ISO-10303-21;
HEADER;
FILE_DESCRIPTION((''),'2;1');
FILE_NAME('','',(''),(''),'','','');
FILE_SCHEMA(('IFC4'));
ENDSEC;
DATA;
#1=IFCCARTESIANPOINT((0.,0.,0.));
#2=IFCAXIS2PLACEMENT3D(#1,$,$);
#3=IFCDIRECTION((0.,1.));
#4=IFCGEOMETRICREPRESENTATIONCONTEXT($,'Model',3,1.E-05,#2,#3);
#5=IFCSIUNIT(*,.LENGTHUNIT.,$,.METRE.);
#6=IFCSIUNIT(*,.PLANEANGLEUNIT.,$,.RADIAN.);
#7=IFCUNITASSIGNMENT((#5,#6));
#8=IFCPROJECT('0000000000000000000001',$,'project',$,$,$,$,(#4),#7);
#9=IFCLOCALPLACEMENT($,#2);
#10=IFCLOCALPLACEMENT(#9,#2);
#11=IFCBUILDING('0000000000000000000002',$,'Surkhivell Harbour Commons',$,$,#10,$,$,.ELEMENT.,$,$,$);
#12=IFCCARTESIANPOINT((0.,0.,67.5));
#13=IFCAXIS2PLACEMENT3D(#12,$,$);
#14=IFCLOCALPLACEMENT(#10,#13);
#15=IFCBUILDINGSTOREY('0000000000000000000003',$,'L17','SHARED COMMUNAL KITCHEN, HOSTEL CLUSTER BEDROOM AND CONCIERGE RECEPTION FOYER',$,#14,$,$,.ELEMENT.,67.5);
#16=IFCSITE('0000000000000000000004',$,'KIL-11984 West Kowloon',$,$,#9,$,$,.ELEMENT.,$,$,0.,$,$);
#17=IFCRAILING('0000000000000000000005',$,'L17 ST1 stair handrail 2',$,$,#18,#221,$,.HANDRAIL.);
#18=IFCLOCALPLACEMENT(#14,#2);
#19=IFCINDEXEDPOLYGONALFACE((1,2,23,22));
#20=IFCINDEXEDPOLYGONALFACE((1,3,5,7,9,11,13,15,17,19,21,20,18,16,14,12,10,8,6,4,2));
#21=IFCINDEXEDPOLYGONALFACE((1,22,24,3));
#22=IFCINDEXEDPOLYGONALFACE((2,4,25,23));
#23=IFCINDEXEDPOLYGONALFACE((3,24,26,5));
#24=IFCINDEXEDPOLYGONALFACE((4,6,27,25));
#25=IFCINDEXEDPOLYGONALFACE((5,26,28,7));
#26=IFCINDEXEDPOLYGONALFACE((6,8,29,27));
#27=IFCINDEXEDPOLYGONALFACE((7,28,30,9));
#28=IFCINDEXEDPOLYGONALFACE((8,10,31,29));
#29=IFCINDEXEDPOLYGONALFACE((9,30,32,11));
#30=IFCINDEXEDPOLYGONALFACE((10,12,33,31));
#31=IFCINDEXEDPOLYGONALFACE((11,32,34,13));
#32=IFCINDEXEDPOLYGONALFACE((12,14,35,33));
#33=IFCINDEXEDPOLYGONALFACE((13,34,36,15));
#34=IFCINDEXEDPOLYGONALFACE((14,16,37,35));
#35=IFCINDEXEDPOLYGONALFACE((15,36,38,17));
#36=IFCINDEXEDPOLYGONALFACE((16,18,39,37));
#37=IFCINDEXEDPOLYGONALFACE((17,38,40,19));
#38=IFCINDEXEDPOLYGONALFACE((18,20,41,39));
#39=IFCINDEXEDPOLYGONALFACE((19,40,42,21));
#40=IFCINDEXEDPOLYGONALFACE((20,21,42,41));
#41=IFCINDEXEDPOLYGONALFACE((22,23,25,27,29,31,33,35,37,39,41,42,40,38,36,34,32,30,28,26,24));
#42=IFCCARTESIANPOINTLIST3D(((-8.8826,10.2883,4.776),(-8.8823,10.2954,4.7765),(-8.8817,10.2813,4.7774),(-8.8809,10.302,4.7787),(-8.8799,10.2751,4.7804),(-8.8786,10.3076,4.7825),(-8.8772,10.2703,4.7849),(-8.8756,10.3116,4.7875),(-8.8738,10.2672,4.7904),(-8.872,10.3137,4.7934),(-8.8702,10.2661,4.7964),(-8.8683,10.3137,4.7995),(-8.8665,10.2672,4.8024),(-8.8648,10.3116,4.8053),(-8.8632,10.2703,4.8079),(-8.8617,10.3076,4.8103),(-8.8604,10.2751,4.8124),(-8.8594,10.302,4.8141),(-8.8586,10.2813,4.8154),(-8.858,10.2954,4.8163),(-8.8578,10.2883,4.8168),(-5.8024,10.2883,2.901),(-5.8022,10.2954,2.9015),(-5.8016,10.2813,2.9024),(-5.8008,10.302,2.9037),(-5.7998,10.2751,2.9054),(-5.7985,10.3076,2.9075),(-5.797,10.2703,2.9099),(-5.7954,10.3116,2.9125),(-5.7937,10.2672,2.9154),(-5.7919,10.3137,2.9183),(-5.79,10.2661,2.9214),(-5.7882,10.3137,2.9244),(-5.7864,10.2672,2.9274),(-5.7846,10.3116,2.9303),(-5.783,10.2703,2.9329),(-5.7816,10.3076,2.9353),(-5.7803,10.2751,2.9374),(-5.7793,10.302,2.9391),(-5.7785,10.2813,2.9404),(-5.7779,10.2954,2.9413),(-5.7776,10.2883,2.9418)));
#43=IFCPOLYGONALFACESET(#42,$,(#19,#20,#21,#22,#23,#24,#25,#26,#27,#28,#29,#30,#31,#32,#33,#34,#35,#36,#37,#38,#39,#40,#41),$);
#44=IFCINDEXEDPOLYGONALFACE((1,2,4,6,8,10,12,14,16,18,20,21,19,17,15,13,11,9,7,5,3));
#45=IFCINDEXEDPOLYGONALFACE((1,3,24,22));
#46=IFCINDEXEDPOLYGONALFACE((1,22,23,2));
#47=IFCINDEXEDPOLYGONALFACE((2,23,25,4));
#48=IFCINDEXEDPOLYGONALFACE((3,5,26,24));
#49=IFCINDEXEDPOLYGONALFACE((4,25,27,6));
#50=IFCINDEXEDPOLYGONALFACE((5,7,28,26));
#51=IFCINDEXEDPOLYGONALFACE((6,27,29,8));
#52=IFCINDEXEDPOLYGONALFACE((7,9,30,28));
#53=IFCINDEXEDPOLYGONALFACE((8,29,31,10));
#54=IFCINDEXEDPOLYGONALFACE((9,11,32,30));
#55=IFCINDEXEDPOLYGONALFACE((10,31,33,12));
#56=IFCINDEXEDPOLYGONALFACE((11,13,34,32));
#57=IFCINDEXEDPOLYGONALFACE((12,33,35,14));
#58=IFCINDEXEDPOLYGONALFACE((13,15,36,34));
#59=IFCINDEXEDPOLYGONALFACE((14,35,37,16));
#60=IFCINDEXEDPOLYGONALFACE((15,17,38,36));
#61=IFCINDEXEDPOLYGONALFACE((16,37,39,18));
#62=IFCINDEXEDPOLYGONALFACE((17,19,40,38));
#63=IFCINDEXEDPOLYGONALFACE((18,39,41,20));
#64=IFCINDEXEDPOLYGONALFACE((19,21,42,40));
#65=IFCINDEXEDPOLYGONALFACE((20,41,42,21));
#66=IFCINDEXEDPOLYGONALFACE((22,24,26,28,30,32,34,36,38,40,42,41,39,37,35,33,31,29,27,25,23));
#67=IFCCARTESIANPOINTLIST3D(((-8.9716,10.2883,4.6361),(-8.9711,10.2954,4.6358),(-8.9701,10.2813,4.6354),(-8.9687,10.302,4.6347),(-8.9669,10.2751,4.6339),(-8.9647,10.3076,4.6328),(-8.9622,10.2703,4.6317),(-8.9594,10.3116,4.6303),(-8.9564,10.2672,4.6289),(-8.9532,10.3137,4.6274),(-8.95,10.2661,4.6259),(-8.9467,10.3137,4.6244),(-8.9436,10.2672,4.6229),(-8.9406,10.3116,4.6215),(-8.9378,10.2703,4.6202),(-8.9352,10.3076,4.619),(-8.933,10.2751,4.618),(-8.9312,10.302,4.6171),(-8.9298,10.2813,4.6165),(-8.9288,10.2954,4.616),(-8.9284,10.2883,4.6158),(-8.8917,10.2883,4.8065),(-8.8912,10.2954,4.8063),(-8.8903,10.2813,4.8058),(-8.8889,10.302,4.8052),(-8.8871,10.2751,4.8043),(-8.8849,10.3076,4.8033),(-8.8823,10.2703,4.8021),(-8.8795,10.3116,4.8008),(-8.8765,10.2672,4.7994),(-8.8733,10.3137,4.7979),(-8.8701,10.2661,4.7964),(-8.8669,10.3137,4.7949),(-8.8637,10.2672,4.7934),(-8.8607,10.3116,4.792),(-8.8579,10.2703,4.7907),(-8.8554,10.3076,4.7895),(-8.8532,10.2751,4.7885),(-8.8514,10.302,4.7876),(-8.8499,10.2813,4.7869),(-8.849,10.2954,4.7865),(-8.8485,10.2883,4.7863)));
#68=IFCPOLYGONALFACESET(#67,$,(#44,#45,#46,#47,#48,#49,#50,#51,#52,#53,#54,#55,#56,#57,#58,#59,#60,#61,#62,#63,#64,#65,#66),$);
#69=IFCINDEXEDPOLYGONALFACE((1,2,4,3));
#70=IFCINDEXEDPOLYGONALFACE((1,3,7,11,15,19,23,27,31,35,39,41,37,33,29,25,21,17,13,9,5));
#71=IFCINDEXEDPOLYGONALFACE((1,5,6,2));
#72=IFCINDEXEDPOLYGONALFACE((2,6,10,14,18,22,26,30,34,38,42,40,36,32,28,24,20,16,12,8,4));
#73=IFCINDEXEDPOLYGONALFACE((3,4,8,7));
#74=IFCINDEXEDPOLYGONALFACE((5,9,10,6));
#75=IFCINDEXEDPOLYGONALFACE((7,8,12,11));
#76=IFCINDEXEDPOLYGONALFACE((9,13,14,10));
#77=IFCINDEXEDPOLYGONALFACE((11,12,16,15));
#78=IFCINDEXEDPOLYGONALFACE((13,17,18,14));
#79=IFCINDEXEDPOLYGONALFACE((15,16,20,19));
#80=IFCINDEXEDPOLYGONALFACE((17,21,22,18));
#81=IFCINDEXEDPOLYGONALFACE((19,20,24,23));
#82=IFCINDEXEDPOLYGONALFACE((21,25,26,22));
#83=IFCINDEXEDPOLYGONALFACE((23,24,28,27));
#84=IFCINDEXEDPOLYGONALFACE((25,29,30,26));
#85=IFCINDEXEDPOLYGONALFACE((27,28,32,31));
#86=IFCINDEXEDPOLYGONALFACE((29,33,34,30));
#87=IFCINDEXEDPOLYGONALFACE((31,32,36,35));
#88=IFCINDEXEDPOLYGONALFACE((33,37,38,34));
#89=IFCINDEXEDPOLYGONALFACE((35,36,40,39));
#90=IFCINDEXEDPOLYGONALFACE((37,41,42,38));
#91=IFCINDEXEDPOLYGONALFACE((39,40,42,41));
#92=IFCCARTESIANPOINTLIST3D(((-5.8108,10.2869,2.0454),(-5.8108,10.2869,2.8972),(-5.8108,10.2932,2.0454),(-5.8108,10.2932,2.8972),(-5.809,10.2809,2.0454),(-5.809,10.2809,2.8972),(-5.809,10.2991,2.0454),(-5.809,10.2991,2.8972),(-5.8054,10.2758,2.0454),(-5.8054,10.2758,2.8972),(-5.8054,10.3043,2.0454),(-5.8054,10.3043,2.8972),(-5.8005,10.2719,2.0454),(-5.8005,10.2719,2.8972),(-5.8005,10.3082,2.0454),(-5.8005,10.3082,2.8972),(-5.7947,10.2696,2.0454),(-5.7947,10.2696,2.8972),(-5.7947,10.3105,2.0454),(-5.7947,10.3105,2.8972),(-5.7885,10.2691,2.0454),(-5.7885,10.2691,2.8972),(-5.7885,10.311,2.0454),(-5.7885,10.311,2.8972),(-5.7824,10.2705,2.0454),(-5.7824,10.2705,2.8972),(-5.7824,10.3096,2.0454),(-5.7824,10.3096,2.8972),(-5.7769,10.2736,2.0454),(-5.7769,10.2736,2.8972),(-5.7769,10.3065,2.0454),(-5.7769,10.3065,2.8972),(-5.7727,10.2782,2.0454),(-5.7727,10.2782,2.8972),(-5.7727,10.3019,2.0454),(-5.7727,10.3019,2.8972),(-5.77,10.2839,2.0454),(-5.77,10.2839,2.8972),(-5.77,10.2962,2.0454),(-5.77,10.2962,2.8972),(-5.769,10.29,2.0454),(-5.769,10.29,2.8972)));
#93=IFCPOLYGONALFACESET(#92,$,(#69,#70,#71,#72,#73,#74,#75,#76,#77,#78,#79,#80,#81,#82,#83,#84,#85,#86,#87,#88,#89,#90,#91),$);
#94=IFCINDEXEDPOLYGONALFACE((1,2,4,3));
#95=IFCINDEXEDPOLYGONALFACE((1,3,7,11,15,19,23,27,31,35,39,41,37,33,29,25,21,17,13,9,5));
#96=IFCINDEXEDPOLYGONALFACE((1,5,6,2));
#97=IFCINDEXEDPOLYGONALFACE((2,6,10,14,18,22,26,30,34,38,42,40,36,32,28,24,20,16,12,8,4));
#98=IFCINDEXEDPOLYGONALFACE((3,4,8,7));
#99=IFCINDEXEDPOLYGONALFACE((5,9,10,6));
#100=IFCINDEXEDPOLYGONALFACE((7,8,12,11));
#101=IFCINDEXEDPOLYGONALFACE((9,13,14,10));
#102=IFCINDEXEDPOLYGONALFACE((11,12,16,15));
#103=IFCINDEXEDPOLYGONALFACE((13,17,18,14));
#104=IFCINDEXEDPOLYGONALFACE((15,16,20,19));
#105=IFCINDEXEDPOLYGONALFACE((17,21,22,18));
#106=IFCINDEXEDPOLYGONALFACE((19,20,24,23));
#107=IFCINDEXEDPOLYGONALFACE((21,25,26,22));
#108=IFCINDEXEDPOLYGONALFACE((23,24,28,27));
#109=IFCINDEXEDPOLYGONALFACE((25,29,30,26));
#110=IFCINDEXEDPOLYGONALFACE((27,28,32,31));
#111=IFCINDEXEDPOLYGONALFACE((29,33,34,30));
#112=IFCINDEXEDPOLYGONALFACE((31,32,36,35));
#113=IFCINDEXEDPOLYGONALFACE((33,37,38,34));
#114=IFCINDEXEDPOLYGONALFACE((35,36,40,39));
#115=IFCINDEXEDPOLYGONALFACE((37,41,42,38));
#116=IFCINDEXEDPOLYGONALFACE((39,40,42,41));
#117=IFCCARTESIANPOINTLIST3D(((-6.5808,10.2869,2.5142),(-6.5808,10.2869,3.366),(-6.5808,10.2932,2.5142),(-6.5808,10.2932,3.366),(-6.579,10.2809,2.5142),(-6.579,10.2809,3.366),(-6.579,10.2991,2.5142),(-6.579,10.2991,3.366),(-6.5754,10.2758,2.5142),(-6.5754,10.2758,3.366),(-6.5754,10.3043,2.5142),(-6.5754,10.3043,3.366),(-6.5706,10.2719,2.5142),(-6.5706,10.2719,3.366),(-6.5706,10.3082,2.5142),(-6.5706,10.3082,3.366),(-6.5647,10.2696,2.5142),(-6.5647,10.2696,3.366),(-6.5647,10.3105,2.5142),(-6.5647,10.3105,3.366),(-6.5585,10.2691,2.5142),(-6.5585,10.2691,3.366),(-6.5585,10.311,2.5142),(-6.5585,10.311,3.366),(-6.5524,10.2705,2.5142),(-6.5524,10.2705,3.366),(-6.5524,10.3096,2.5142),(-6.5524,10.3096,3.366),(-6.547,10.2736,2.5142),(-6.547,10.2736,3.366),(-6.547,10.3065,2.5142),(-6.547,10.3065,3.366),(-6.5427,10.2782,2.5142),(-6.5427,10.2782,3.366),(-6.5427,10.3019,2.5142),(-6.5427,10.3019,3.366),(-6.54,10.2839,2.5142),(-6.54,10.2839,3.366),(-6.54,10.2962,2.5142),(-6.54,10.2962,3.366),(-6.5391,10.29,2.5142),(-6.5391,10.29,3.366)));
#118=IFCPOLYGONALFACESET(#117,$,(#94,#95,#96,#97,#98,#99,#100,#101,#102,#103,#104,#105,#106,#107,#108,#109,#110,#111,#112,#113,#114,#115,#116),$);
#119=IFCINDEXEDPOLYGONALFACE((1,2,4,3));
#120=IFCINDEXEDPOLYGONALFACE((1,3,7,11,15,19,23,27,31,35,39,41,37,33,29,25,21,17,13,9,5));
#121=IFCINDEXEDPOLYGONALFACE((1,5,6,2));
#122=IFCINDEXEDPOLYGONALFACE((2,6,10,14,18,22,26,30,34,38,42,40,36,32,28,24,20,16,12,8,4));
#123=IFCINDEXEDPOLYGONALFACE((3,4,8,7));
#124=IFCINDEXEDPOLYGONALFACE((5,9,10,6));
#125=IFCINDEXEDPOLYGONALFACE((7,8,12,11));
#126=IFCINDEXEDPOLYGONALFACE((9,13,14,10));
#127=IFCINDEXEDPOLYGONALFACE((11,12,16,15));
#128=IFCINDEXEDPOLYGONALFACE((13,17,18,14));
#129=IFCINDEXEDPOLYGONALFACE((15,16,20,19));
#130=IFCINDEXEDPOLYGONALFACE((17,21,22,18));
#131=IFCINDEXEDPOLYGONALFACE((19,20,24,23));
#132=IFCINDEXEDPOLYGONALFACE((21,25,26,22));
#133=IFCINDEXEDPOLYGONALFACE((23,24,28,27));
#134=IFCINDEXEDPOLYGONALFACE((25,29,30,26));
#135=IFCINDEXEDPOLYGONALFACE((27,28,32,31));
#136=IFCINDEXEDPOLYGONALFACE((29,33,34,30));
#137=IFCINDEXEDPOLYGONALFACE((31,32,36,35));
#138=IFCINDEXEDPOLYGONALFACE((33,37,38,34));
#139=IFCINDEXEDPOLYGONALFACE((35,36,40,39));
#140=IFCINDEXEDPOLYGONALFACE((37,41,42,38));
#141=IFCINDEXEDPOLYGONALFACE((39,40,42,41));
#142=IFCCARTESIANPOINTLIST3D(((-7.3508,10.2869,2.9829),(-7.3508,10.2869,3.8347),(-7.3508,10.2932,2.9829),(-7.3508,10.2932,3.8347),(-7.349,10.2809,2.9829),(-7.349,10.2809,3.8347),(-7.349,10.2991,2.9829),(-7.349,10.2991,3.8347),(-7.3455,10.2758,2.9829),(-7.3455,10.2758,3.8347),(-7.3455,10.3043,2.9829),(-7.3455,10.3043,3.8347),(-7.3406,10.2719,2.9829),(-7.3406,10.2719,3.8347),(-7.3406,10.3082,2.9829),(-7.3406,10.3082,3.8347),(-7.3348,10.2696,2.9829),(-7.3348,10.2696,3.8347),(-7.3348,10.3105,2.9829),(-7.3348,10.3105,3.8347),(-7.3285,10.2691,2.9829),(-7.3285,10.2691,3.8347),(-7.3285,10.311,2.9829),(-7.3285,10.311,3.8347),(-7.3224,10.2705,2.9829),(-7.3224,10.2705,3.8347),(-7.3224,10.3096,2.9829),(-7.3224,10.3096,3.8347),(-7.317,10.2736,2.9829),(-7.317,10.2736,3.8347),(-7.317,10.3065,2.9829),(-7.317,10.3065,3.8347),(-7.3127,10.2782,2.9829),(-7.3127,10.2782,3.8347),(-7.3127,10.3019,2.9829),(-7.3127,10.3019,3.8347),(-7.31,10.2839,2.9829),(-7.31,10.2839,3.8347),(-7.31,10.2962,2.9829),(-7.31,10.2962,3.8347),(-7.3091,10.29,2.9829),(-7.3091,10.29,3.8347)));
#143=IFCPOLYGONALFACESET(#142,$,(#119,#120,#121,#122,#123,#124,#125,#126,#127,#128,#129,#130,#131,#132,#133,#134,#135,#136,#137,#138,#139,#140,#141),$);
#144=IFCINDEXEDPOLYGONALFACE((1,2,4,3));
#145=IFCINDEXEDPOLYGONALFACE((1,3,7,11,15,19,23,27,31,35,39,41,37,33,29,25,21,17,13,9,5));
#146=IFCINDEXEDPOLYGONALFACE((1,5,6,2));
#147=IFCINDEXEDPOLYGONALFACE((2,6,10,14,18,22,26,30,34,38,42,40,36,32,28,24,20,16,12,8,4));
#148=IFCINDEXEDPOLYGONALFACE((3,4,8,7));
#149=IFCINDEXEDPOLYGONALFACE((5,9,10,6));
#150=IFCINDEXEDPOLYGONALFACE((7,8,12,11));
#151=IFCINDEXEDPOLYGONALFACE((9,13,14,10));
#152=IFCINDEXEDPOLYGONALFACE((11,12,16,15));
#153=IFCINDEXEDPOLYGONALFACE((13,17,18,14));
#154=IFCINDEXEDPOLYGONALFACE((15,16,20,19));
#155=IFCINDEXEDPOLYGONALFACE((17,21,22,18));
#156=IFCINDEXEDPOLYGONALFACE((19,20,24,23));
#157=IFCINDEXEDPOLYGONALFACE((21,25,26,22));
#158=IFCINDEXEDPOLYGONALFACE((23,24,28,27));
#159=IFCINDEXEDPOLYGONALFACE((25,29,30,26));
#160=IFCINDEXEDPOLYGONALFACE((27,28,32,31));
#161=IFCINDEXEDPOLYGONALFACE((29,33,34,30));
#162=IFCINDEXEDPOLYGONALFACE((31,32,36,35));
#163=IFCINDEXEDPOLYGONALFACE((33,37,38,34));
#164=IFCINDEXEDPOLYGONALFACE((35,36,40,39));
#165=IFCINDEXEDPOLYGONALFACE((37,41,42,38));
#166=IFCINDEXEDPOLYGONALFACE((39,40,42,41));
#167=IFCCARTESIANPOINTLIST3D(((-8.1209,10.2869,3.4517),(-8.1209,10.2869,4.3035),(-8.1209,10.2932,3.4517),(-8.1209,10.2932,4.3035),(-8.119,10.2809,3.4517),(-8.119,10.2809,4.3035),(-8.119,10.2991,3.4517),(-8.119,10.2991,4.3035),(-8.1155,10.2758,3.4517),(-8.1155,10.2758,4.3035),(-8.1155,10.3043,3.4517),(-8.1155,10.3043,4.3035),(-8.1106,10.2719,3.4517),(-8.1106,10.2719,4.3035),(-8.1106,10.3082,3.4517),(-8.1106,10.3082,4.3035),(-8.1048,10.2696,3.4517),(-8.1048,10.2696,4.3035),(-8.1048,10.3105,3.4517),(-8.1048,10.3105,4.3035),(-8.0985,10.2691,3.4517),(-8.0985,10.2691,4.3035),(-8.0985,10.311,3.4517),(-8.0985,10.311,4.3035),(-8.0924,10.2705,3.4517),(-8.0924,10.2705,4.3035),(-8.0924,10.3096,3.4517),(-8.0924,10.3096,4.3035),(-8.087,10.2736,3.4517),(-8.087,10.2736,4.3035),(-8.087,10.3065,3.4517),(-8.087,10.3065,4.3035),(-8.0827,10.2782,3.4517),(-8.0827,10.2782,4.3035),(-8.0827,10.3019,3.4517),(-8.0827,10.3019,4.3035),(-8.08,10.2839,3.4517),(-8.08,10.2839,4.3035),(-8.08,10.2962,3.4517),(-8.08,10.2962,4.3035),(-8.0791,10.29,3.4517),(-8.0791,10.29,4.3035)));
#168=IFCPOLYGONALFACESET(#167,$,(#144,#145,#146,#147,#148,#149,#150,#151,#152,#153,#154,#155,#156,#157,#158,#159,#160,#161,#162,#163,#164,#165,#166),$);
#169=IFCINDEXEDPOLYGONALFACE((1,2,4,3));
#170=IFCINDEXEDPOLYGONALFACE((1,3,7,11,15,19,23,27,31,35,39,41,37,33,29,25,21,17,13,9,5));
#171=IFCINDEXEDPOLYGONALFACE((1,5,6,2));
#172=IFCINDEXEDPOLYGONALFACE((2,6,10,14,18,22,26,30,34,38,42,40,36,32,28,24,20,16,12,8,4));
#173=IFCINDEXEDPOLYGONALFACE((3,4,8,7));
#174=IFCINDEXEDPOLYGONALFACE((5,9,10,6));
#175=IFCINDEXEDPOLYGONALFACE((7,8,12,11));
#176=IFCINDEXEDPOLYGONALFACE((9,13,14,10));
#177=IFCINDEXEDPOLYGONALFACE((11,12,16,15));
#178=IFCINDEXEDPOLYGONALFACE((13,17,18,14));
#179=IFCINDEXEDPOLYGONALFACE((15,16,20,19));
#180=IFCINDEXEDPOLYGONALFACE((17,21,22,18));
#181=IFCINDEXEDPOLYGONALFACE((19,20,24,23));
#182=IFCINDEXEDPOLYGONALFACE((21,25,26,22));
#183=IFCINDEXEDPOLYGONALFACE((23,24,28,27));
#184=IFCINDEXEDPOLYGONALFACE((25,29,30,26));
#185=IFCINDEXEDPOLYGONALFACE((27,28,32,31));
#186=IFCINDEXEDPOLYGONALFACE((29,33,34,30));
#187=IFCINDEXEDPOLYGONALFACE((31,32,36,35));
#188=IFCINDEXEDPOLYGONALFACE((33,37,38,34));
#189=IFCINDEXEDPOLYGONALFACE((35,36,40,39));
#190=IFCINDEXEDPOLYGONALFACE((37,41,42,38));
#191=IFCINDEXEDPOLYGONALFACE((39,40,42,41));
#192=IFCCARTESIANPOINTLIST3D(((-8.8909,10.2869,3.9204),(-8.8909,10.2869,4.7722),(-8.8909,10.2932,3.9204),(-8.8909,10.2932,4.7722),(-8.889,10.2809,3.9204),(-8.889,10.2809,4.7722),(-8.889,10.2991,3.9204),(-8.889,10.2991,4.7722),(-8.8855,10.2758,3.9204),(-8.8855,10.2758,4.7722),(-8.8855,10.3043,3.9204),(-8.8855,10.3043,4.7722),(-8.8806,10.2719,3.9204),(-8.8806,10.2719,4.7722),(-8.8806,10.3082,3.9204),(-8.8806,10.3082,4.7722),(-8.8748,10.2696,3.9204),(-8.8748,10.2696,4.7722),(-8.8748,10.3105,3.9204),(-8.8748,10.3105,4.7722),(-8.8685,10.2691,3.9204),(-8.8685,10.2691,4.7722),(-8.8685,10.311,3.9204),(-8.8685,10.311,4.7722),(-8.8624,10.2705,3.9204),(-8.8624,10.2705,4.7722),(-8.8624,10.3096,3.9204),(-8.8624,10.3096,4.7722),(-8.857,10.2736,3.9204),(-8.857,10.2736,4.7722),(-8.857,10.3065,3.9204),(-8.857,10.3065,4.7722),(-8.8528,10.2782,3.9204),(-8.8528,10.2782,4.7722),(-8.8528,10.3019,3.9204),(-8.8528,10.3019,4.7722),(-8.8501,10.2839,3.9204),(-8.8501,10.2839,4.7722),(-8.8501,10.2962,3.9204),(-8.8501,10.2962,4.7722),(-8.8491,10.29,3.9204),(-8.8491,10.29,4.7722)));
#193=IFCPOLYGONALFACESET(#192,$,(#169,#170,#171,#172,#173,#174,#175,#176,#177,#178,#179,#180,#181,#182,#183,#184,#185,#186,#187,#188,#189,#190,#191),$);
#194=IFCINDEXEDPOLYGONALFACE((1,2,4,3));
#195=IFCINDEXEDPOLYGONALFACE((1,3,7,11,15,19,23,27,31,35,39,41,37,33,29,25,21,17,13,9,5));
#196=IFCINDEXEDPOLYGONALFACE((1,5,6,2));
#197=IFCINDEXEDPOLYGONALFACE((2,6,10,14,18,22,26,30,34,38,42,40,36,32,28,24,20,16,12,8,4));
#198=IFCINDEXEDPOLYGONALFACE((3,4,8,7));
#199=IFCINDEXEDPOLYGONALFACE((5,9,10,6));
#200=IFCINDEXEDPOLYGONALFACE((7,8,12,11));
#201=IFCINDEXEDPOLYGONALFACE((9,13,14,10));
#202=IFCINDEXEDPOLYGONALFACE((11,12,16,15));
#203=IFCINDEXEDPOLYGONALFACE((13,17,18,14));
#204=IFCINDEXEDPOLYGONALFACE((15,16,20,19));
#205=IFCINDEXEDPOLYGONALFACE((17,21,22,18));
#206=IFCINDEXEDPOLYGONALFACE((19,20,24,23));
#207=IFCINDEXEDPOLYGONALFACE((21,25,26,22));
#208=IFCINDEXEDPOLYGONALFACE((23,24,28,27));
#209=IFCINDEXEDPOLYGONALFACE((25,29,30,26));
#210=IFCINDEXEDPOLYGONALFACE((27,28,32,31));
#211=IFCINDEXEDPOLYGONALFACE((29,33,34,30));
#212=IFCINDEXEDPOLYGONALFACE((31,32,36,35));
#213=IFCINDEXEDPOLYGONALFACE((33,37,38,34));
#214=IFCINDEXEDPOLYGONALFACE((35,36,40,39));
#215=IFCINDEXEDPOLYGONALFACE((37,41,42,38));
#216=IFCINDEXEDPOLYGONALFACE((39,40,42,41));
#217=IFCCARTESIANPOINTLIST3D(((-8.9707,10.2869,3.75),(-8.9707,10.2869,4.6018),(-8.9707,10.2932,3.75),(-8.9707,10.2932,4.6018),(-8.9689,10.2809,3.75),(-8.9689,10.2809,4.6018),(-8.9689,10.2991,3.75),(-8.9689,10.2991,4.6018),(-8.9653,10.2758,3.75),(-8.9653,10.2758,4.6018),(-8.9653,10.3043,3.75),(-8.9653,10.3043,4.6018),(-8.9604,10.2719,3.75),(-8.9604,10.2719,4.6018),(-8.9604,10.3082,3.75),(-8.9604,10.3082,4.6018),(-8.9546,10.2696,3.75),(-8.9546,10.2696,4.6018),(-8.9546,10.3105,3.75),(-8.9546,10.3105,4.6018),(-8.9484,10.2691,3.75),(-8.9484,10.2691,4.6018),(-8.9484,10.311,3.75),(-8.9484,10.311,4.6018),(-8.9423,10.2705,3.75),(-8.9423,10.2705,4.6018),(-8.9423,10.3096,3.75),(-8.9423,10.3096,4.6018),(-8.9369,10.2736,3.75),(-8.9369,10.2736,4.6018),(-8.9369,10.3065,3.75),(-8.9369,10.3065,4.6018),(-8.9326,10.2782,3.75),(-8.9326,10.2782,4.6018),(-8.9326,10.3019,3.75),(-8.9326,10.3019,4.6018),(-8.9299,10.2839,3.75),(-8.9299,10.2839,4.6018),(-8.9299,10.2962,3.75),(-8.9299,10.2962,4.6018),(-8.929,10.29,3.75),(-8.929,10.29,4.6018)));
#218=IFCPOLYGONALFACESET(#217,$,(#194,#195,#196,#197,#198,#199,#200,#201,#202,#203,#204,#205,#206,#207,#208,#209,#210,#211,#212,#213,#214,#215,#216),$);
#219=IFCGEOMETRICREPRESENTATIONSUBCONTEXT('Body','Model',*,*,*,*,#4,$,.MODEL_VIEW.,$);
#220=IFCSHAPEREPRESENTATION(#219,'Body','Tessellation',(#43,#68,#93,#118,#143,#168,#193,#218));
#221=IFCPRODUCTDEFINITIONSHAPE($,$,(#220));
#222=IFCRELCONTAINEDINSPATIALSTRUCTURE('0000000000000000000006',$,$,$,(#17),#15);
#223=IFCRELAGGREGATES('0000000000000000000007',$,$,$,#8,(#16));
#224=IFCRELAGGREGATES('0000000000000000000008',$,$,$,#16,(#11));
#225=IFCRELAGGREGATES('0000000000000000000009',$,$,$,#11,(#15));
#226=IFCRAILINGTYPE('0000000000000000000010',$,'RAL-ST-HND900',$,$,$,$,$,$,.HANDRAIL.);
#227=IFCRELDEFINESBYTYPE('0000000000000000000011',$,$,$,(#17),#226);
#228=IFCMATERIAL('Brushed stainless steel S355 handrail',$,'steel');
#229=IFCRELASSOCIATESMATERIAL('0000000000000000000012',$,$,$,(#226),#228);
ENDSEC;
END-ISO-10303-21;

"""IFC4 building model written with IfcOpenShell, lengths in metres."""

from ifc_helpers import new_model, si_unit, direction, frame, origin, origin_2d, place, context, subcontext, project, spatial, circle, extrude, material, type_object, element, save


model = new_model("IFC4")

# Units and contexts
model_context = context("Model", 3, precision=1e-05, world=origin(), true_north=direction((0.0, 1.0)))
body_context = subcontext(model_context, "Body", "Model", "MODEL_VIEW")
ifc_project = project(units=[si_unit("LENGTHUNIT", "METRE"), si_unit("PLANEANGLEUNIT", "RADIAN")], contexts=[model_context])

# Site, building, storey
site_placement = place(None, origin())
site = spatial("IfcSite", under=ifc_project, at=site_placement, Name="KIL-11984 West Kowloon", CompositionType="ELEMENT", RefElevation=0.0)
building_placement = place(site_placement, origin())
building = spatial("IfcBuilding", under=site, at=building_placement, Name="Surkhivell Harbour Commons", CompositionType="ELEMENT")
storey_placement = place(building_placement, frame((0.0, 0.0, 67.5)))
storey = spatial("IfcBuildingStorey", under=building, at=storey_placement, Name="L17", Description="SHARED COMMUNAL KITCHEN, HOSTEL CLUSTER BEDROOM AND CONCIERGE RECEPTION FOYER", CompositionType="ELEMENT", Elevation=67.5)

# Railing
ifc_material_1 = material(Name="Brushed stainless steel S355 handrail", Category="steel")
railing_type_1 = type_object("IfcRailingType", Name="RAL-ST-HND900", PredefinedType="HANDRAIL", material=ifc_material_1)
railing_1_placement = place(storey_placement, frame((-5.79, 10.29, 2.0454)))
element("IfcRailing", 1, at=railing_1_placement, inside=storey, type_object=railing_type_1, Name="L17 ST1 stair handrail 2", PredefinedType="HANDRAIL", context=body_context, shape_type="SweptSolid", body=[
    extrude(circle(Radius=0.0239, at=origin_2d()), frame((0.0, 0.0, 0.876), z_axis=(-0.854178, 0.0, 0.519981), x_axis=(0.0, -1.0, 0.0)), (0.0, 0.0, 1.0), 3.606),
    extrude(circle(Radius=0.0239, at=origin_2d()), frame((-3.0801, 0.0, 2.751), z_axis=(-0.424234, 0.0, -0.905552), x_axis=(0.0, -1.0, 0.0)), (0.0, 0.0, 1.0), 0.1882),
    extrude(circle(Radius=0.021, at=origin_2d()), origin(), (0.0, 0.0, 1.0), 0.8518),
    extrude(circle(Radius=0.021, at=origin_2d()), frame((-0.77, 0.0, 0.4688)), (0.0, 0.0, 1.0), 0.8518),
    extrude(circle(Radius=0.021, at=origin_2d()), frame((-1.54, 0.0, 0.9375)), (0.0, 0.0, 1.0), 0.8518),
    extrude(circle(Radius=0.021, at=origin_2d()), frame((-2.3101, 0.0, 1.4062)), (0.0, 0.0, 1.0), 0.8518),
    extrude(circle(Radius=0.021, at=origin_2d()), frame((-3.0801, 0.0, 1.875)), (0.0, 0.0, 1.0), 0.8518),
    extrude(circle(Radius=0.021, at=origin_2d()), frame((-3.1599, 0.0, 1.7046)), (0.0, 0.0, 1.0), 0.8518),
])

save(model, "model.ifc")
